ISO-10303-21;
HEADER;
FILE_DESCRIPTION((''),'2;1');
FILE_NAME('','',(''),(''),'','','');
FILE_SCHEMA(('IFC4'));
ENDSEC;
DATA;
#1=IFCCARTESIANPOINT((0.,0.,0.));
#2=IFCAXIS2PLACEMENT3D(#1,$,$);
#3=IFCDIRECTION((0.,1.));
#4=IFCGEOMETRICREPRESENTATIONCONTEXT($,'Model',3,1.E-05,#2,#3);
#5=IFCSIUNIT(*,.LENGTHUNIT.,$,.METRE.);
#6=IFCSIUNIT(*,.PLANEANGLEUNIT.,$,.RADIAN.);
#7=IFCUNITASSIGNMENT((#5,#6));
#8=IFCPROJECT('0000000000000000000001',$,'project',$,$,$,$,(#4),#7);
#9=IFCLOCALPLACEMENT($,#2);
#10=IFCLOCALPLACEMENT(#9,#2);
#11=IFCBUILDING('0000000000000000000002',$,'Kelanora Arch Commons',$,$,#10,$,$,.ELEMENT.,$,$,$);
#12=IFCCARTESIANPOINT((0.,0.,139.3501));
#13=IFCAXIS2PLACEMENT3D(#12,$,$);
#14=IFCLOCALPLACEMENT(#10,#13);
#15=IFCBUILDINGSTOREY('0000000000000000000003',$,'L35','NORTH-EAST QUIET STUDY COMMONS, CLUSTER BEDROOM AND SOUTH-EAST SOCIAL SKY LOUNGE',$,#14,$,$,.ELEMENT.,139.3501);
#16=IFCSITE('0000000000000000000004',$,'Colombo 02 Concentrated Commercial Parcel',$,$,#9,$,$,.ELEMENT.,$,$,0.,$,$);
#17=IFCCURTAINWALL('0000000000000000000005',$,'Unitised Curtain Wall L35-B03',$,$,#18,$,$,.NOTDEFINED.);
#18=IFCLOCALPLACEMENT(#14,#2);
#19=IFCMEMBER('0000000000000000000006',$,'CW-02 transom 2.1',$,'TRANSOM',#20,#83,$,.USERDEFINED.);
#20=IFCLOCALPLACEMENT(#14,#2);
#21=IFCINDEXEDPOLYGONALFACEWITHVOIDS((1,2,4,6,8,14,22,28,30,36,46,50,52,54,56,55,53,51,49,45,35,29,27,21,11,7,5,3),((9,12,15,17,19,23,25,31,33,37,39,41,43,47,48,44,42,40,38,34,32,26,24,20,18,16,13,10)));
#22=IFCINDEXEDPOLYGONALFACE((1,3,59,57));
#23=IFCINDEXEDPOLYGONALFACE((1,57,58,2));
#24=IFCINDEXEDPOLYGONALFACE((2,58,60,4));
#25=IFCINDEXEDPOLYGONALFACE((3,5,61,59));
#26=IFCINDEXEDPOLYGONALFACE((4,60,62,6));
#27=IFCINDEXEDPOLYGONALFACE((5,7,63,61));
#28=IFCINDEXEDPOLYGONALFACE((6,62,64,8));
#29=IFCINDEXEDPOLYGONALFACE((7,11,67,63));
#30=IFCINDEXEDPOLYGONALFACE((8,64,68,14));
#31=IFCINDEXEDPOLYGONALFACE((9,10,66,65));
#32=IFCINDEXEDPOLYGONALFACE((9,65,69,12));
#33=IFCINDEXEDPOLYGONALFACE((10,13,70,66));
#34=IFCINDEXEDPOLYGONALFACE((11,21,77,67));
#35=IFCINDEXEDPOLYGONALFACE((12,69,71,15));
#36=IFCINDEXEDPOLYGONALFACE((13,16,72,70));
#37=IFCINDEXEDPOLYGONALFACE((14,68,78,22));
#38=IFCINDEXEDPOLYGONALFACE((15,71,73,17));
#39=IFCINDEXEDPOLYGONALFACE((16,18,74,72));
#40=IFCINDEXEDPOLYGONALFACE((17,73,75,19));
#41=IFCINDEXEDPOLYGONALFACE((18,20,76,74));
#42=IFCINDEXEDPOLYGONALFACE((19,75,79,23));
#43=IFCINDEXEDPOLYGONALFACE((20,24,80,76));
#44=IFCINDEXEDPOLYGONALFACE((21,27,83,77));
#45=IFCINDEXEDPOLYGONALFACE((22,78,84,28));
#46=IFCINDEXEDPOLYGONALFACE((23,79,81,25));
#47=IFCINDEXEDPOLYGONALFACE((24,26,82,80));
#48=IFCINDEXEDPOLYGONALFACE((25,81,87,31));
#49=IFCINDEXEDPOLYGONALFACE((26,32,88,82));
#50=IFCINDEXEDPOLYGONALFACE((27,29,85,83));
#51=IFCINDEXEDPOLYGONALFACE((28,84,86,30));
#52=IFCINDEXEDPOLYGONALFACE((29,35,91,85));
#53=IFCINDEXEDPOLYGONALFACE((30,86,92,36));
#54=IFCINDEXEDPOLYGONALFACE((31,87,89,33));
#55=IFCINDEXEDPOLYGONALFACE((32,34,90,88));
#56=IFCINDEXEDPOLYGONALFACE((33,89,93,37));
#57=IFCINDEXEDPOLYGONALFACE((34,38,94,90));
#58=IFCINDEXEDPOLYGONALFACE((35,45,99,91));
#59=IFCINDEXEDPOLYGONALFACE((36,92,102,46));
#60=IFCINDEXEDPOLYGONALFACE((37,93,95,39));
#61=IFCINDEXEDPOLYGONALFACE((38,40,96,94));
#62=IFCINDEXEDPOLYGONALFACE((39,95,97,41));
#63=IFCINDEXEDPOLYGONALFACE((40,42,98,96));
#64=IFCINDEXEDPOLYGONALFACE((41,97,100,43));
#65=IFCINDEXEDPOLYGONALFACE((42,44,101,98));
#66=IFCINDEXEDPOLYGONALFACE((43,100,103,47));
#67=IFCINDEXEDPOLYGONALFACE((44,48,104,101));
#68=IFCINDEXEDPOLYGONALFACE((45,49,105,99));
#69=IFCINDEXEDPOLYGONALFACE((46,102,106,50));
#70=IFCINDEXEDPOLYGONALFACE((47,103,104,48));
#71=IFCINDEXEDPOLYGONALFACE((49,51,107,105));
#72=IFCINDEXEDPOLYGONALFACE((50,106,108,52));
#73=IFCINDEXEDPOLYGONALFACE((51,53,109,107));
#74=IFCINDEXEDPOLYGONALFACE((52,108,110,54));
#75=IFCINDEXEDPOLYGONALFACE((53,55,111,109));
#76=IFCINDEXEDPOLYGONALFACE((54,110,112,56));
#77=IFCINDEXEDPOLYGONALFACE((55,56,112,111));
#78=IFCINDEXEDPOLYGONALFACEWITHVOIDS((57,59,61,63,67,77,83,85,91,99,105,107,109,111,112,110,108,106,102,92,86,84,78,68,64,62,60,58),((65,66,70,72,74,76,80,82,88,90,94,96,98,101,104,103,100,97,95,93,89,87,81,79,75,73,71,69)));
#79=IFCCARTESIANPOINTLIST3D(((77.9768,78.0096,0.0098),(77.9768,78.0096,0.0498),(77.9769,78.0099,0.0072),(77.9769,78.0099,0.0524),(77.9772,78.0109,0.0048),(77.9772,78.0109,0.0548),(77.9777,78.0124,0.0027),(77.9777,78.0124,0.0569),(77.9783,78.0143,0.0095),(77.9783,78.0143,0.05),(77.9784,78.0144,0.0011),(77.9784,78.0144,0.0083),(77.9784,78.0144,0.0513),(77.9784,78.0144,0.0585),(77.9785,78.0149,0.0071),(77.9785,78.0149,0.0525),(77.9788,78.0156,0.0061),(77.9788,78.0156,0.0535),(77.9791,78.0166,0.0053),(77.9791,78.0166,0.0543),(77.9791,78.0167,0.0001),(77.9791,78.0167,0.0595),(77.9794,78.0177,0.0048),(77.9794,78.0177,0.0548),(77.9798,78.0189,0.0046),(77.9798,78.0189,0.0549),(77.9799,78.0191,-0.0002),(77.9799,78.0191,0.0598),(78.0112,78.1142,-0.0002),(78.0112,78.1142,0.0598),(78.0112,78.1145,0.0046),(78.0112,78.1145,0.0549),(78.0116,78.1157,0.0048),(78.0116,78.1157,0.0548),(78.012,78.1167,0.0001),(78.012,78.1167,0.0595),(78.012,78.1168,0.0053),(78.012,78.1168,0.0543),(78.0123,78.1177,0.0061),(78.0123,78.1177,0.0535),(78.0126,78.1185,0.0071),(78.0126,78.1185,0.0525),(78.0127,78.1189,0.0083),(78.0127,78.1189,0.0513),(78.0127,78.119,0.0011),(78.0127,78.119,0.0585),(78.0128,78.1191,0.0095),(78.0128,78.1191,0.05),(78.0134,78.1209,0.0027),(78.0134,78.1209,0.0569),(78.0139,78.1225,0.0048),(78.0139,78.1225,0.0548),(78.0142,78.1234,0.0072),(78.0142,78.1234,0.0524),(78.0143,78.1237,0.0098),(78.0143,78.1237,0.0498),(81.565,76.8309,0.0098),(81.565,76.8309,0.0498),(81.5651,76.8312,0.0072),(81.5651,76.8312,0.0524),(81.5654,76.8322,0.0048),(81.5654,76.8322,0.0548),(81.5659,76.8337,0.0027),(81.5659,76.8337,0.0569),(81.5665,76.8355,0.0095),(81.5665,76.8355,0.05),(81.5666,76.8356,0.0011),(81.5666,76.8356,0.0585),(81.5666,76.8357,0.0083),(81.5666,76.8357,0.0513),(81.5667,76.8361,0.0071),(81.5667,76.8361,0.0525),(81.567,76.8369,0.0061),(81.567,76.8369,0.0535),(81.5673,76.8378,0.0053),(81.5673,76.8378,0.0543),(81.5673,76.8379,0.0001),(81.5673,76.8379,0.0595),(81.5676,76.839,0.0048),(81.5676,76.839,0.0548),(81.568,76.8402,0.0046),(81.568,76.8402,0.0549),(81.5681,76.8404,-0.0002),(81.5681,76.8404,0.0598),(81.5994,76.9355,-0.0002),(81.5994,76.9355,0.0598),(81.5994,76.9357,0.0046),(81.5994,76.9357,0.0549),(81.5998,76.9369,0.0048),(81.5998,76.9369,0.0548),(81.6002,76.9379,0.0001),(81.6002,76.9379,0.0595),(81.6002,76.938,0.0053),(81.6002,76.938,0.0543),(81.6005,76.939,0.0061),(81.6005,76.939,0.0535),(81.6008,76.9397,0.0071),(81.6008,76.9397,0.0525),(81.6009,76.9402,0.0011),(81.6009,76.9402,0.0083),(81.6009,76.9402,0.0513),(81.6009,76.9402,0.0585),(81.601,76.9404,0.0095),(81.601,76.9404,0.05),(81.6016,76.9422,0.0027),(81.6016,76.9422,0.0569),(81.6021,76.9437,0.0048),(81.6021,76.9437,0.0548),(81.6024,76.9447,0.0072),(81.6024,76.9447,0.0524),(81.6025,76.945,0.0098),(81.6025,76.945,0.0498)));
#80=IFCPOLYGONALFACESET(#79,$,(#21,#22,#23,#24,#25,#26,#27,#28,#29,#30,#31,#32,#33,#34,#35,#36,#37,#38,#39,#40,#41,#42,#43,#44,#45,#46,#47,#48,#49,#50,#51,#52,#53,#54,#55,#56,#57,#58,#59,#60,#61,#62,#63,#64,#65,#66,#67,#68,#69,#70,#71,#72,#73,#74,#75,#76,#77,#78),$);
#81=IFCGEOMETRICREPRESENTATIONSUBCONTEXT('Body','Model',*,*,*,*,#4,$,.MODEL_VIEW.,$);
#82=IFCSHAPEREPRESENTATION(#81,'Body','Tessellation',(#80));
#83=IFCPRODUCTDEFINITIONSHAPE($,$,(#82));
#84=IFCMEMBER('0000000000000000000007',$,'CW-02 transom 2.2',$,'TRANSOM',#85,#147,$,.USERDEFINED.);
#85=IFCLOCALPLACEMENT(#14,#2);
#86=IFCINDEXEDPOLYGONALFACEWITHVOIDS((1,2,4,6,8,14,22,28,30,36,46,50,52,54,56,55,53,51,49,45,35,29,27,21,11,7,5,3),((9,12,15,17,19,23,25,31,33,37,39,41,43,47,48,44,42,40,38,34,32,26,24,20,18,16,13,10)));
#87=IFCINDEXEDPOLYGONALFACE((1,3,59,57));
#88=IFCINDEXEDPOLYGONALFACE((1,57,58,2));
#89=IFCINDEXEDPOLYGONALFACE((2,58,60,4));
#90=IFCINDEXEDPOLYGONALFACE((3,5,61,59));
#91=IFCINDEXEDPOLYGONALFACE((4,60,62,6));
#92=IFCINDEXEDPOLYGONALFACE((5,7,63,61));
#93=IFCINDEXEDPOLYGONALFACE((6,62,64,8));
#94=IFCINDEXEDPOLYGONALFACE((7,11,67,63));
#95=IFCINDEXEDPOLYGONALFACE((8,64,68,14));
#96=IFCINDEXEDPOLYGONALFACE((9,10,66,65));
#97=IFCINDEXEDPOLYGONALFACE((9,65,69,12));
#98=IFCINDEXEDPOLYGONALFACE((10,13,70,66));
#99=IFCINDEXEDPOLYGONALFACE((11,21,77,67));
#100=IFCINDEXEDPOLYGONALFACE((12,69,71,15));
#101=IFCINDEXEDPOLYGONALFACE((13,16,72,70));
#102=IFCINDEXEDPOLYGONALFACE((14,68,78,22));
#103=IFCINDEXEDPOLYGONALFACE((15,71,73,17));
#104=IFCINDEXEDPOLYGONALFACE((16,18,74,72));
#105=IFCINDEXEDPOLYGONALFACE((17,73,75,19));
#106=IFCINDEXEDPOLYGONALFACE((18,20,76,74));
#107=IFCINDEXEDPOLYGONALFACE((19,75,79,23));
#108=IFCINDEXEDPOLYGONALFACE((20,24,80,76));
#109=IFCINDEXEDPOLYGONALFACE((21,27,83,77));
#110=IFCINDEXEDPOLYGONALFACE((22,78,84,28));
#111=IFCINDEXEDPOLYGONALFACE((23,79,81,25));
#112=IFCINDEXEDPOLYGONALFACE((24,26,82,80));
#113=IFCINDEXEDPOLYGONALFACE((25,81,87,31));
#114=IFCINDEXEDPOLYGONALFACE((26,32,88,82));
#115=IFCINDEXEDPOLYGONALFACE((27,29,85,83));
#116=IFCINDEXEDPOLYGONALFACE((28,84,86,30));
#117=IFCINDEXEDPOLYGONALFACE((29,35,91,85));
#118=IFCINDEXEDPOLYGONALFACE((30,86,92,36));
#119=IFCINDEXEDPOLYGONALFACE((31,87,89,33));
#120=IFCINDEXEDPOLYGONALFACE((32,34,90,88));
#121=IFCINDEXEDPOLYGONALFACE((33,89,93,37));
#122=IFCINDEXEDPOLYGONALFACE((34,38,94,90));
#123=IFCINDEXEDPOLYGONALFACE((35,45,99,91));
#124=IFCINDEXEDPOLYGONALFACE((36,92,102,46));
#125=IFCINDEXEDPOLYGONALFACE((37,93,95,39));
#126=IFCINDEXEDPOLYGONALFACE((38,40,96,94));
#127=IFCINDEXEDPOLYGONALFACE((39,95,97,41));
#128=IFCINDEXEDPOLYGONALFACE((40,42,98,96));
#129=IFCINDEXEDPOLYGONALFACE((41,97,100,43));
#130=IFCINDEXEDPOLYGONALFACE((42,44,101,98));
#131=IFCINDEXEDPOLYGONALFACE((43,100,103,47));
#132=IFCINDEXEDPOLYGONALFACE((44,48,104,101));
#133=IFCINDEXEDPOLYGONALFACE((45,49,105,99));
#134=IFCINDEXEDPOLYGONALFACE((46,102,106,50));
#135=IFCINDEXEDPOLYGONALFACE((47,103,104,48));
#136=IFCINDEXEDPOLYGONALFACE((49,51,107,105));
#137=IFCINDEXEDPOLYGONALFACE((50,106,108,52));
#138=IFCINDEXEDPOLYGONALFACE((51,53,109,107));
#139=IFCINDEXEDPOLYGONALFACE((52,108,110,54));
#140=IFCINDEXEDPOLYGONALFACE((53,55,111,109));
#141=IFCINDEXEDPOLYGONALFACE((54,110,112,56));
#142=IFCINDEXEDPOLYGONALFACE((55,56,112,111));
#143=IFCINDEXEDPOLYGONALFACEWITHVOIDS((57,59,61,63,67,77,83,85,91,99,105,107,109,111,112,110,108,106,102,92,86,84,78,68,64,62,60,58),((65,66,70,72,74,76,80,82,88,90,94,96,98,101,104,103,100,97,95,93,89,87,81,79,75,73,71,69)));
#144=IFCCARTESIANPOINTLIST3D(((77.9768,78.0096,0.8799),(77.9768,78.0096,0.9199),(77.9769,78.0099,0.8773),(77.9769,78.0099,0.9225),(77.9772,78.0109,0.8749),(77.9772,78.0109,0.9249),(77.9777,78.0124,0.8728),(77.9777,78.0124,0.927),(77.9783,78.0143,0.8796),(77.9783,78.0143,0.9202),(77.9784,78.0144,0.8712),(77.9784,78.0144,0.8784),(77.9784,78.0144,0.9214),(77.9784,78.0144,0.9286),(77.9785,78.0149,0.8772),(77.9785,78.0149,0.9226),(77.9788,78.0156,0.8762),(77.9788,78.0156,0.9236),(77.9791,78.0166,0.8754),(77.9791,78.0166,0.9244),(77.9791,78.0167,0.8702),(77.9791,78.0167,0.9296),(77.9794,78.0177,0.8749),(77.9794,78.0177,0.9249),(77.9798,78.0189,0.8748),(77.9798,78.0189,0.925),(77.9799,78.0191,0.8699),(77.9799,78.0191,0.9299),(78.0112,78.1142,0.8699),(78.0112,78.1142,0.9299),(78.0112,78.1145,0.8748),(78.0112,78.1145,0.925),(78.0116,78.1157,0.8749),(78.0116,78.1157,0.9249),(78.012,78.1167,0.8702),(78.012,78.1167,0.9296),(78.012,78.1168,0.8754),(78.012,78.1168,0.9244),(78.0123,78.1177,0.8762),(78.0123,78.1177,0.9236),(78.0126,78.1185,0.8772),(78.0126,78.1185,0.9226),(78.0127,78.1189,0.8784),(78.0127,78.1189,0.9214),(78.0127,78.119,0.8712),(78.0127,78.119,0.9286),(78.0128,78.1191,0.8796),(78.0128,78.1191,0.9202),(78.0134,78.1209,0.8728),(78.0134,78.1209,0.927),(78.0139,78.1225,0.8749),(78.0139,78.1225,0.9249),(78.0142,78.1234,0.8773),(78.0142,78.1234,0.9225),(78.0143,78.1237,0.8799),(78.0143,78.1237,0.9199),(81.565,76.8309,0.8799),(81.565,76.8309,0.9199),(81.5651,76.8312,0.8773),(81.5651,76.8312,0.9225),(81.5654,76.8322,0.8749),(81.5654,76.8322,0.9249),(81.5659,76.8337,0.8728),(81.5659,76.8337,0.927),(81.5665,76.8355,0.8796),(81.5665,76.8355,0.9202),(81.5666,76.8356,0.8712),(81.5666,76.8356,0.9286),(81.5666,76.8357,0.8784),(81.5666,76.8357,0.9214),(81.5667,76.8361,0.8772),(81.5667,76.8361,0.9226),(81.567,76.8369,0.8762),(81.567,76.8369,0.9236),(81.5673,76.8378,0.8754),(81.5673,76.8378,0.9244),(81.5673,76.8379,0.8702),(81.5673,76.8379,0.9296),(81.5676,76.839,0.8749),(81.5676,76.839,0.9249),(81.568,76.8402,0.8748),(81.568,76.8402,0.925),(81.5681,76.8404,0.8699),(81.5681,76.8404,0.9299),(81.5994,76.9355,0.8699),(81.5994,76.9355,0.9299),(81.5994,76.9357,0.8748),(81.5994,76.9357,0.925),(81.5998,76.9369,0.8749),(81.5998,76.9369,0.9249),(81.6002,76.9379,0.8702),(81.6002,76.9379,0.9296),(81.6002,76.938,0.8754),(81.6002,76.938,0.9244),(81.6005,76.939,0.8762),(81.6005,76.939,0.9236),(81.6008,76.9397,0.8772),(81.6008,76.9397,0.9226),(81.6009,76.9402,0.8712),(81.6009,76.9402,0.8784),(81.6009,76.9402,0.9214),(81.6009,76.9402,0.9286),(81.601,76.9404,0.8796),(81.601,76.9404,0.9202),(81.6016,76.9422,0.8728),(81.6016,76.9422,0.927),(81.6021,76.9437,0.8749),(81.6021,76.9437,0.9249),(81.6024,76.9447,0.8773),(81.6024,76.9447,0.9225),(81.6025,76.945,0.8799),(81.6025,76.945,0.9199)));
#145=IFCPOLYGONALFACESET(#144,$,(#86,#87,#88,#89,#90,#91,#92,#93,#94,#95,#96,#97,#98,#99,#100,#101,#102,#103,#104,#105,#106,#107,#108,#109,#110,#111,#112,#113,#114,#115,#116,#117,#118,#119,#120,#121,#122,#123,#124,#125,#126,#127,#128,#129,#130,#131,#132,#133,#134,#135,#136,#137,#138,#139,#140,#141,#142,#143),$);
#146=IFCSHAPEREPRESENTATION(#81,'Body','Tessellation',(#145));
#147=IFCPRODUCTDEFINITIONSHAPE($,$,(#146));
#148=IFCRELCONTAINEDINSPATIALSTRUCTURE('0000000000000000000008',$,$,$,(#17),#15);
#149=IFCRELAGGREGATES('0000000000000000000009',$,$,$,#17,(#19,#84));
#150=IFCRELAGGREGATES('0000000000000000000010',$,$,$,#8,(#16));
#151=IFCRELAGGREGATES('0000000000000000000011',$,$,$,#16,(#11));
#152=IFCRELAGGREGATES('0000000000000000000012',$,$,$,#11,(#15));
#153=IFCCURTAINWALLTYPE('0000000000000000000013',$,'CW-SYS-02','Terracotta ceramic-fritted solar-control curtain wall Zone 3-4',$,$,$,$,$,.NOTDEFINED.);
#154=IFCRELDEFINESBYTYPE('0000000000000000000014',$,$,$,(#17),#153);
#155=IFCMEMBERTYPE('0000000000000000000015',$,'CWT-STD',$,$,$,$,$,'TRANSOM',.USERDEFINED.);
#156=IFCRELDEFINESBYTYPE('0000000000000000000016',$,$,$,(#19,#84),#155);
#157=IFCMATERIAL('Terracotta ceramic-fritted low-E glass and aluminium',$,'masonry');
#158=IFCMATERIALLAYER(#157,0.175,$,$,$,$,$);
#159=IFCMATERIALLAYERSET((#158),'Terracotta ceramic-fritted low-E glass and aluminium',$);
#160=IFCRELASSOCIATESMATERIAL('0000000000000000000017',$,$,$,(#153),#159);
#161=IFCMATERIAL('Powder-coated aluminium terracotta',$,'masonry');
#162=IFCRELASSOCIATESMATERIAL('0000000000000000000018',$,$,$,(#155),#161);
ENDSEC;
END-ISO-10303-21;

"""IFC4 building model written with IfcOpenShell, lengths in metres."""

from ifc_helpers import new_model, si_unit, direction, frame, origin, origin_2d, place, context, subcontext, project, spatial, hollow_rectangle, extrude, material, layer, layer_set, material_profile, profile_set, type_object, element, aggregate, save


model = new_model("IFC4")

# Units and contexts
model_context = context("Model", 3, precision=1e-05, world=origin(), true_north=direction((0.0, 1.0)))
body_context = subcontext(model_context, "Body", "Model", "MODEL_VIEW")
ifc_project = project(units=[si_unit("LENGTHUNIT", "METRE"), si_unit("PLANEANGLEUNIT", "RADIAN")], contexts=[model_context])

# Site, building, storey
site_placement = place(None, origin())
site = spatial("IfcSite", under=ifc_project, at=site_placement, Name="Colombo 02 Concentrated Commercial Parcel", CompositionType="ELEMENT", RefElevation=0.0)
building_placement = place(site_placement, origin())
building = spatial("IfcBuilding", under=site, at=building_placement, Name="Kelanora Arch Commons", CompositionType="ELEMENT")
storey_placement = place(building_placement, frame((0.0, 0.0, 139.3501)))
storey = spatial("IfcBuildingStorey", under=building, at=storey_placement, Name="L35", Description="NORTH-EAST QUIET STUDY COMMONS, CLUSTER BEDROOM AND SOUTH-EAST SOCIAL SKY LOUNGE", CompositionType="ELEMENT", Elevation=139.3501)

# Curtain wall, members
ifc_material_1 = material(Name="Terracotta ceramic-fritted low-E glass and aluminium", Category="masonry")
ifc_layer_1 = layer(ifc_material_1, 0.175)
ifc_layer_set_1 = layer_set([ifc_layer_1], Name="Terracotta ceramic-fritted low-E glass and aluminium")
curtain_wall_type = type_object("IfcCurtainWallType", Name="CW-SYS-02", Description="Terracotta ceramic-fritted solar-control curtain wall Zone 3-4", PredefinedType="NOTDEFINED", material=ifc_layer_set_1)
curtain_wall_placement = place(storey_placement, origin())
curtain_wall = element("IfcCurtainWall", 1, at=curtain_wall_placement, inside=storey, type_object=curtain_wall_type, Name="Unitised Curtain Wall L35-B03", PredefinedType="NOTDEFINED")
ifc_material_2 = material(Name="Powder-coated aluminium terracotta", Category="masonry")
ifc_material_profile_1 = material_profile(ifc_material_2, hollow_rectangle(XDim=0.1201, YDim=0.0601, WallThickness=0.0049, InnerFilletRadius=0.0049, OuterFilletRadius=0.01, at=origin_2d()), Name="CWT120x60")
ifc_profile_set_1 = profile_set([ifc_material_profile_1], Name="Powder-coated aluminium terracotta")
member_type_1 = type_object("IfcMemberType", Name="CWT-STD", ElementType="TRANSOM", PredefinedType="USERDEFINED", material=ifc_profile_set_1)
member_1_placement = place(storey_placement, frame((81.5837, 76.8879, 0.0298), z_axis=(-0.950051, 0.312094, 0.0), x_axis=(-0.312094, -0.950051, 0.0)))
member_1 = element("IfcMember", 2, at=member_1_placement, type_object=member_type_1, Name="CW-02 transom 2.1", ObjectType="TRANSOM", PredefinedType="USERDEFINED", context=body_context, shape_type="SweptSolid", body=[
    extrude(hollow_rectangle(XDim=0.1201, YDim=0.0601, WallThickness=0.0049, InnerFilletRadius=0.0049, OuterFilletRadius=0.01, at=origin_2d()), origin(), (0.0, 0.0, 1.0), 3.7769),
])
member_2_placement = place(storey_placement, frame((81.5837, 76.8879, 0.8999), z_axis=(-0.950051, 0.312094, 0.0), x_axis=(-0.312094, -0.950051, 0.0)))
member_2 = element("IfcMember", 3, at=member_2_placement, type_object=member_type_1, Name="CW-02 transom 2.2", ObjectType="TRANSOM", PredefinedType="USERDEFINED", context=body_context, shape_type="SweptSolid", body=[
    extrude(hollow_rectangle(XDim=0.1201, YDim=0.0601, WallThickness=0.0049, InnerFilletRadius=0.0049, OuterFilletRadius=0.01, at=origin_2d()), origin(), (0.0, 0.0, 1.0), 3.7769),
])
aggregate(curtain_wall, [member_1, member_2])

save(model, "model.ifc")
